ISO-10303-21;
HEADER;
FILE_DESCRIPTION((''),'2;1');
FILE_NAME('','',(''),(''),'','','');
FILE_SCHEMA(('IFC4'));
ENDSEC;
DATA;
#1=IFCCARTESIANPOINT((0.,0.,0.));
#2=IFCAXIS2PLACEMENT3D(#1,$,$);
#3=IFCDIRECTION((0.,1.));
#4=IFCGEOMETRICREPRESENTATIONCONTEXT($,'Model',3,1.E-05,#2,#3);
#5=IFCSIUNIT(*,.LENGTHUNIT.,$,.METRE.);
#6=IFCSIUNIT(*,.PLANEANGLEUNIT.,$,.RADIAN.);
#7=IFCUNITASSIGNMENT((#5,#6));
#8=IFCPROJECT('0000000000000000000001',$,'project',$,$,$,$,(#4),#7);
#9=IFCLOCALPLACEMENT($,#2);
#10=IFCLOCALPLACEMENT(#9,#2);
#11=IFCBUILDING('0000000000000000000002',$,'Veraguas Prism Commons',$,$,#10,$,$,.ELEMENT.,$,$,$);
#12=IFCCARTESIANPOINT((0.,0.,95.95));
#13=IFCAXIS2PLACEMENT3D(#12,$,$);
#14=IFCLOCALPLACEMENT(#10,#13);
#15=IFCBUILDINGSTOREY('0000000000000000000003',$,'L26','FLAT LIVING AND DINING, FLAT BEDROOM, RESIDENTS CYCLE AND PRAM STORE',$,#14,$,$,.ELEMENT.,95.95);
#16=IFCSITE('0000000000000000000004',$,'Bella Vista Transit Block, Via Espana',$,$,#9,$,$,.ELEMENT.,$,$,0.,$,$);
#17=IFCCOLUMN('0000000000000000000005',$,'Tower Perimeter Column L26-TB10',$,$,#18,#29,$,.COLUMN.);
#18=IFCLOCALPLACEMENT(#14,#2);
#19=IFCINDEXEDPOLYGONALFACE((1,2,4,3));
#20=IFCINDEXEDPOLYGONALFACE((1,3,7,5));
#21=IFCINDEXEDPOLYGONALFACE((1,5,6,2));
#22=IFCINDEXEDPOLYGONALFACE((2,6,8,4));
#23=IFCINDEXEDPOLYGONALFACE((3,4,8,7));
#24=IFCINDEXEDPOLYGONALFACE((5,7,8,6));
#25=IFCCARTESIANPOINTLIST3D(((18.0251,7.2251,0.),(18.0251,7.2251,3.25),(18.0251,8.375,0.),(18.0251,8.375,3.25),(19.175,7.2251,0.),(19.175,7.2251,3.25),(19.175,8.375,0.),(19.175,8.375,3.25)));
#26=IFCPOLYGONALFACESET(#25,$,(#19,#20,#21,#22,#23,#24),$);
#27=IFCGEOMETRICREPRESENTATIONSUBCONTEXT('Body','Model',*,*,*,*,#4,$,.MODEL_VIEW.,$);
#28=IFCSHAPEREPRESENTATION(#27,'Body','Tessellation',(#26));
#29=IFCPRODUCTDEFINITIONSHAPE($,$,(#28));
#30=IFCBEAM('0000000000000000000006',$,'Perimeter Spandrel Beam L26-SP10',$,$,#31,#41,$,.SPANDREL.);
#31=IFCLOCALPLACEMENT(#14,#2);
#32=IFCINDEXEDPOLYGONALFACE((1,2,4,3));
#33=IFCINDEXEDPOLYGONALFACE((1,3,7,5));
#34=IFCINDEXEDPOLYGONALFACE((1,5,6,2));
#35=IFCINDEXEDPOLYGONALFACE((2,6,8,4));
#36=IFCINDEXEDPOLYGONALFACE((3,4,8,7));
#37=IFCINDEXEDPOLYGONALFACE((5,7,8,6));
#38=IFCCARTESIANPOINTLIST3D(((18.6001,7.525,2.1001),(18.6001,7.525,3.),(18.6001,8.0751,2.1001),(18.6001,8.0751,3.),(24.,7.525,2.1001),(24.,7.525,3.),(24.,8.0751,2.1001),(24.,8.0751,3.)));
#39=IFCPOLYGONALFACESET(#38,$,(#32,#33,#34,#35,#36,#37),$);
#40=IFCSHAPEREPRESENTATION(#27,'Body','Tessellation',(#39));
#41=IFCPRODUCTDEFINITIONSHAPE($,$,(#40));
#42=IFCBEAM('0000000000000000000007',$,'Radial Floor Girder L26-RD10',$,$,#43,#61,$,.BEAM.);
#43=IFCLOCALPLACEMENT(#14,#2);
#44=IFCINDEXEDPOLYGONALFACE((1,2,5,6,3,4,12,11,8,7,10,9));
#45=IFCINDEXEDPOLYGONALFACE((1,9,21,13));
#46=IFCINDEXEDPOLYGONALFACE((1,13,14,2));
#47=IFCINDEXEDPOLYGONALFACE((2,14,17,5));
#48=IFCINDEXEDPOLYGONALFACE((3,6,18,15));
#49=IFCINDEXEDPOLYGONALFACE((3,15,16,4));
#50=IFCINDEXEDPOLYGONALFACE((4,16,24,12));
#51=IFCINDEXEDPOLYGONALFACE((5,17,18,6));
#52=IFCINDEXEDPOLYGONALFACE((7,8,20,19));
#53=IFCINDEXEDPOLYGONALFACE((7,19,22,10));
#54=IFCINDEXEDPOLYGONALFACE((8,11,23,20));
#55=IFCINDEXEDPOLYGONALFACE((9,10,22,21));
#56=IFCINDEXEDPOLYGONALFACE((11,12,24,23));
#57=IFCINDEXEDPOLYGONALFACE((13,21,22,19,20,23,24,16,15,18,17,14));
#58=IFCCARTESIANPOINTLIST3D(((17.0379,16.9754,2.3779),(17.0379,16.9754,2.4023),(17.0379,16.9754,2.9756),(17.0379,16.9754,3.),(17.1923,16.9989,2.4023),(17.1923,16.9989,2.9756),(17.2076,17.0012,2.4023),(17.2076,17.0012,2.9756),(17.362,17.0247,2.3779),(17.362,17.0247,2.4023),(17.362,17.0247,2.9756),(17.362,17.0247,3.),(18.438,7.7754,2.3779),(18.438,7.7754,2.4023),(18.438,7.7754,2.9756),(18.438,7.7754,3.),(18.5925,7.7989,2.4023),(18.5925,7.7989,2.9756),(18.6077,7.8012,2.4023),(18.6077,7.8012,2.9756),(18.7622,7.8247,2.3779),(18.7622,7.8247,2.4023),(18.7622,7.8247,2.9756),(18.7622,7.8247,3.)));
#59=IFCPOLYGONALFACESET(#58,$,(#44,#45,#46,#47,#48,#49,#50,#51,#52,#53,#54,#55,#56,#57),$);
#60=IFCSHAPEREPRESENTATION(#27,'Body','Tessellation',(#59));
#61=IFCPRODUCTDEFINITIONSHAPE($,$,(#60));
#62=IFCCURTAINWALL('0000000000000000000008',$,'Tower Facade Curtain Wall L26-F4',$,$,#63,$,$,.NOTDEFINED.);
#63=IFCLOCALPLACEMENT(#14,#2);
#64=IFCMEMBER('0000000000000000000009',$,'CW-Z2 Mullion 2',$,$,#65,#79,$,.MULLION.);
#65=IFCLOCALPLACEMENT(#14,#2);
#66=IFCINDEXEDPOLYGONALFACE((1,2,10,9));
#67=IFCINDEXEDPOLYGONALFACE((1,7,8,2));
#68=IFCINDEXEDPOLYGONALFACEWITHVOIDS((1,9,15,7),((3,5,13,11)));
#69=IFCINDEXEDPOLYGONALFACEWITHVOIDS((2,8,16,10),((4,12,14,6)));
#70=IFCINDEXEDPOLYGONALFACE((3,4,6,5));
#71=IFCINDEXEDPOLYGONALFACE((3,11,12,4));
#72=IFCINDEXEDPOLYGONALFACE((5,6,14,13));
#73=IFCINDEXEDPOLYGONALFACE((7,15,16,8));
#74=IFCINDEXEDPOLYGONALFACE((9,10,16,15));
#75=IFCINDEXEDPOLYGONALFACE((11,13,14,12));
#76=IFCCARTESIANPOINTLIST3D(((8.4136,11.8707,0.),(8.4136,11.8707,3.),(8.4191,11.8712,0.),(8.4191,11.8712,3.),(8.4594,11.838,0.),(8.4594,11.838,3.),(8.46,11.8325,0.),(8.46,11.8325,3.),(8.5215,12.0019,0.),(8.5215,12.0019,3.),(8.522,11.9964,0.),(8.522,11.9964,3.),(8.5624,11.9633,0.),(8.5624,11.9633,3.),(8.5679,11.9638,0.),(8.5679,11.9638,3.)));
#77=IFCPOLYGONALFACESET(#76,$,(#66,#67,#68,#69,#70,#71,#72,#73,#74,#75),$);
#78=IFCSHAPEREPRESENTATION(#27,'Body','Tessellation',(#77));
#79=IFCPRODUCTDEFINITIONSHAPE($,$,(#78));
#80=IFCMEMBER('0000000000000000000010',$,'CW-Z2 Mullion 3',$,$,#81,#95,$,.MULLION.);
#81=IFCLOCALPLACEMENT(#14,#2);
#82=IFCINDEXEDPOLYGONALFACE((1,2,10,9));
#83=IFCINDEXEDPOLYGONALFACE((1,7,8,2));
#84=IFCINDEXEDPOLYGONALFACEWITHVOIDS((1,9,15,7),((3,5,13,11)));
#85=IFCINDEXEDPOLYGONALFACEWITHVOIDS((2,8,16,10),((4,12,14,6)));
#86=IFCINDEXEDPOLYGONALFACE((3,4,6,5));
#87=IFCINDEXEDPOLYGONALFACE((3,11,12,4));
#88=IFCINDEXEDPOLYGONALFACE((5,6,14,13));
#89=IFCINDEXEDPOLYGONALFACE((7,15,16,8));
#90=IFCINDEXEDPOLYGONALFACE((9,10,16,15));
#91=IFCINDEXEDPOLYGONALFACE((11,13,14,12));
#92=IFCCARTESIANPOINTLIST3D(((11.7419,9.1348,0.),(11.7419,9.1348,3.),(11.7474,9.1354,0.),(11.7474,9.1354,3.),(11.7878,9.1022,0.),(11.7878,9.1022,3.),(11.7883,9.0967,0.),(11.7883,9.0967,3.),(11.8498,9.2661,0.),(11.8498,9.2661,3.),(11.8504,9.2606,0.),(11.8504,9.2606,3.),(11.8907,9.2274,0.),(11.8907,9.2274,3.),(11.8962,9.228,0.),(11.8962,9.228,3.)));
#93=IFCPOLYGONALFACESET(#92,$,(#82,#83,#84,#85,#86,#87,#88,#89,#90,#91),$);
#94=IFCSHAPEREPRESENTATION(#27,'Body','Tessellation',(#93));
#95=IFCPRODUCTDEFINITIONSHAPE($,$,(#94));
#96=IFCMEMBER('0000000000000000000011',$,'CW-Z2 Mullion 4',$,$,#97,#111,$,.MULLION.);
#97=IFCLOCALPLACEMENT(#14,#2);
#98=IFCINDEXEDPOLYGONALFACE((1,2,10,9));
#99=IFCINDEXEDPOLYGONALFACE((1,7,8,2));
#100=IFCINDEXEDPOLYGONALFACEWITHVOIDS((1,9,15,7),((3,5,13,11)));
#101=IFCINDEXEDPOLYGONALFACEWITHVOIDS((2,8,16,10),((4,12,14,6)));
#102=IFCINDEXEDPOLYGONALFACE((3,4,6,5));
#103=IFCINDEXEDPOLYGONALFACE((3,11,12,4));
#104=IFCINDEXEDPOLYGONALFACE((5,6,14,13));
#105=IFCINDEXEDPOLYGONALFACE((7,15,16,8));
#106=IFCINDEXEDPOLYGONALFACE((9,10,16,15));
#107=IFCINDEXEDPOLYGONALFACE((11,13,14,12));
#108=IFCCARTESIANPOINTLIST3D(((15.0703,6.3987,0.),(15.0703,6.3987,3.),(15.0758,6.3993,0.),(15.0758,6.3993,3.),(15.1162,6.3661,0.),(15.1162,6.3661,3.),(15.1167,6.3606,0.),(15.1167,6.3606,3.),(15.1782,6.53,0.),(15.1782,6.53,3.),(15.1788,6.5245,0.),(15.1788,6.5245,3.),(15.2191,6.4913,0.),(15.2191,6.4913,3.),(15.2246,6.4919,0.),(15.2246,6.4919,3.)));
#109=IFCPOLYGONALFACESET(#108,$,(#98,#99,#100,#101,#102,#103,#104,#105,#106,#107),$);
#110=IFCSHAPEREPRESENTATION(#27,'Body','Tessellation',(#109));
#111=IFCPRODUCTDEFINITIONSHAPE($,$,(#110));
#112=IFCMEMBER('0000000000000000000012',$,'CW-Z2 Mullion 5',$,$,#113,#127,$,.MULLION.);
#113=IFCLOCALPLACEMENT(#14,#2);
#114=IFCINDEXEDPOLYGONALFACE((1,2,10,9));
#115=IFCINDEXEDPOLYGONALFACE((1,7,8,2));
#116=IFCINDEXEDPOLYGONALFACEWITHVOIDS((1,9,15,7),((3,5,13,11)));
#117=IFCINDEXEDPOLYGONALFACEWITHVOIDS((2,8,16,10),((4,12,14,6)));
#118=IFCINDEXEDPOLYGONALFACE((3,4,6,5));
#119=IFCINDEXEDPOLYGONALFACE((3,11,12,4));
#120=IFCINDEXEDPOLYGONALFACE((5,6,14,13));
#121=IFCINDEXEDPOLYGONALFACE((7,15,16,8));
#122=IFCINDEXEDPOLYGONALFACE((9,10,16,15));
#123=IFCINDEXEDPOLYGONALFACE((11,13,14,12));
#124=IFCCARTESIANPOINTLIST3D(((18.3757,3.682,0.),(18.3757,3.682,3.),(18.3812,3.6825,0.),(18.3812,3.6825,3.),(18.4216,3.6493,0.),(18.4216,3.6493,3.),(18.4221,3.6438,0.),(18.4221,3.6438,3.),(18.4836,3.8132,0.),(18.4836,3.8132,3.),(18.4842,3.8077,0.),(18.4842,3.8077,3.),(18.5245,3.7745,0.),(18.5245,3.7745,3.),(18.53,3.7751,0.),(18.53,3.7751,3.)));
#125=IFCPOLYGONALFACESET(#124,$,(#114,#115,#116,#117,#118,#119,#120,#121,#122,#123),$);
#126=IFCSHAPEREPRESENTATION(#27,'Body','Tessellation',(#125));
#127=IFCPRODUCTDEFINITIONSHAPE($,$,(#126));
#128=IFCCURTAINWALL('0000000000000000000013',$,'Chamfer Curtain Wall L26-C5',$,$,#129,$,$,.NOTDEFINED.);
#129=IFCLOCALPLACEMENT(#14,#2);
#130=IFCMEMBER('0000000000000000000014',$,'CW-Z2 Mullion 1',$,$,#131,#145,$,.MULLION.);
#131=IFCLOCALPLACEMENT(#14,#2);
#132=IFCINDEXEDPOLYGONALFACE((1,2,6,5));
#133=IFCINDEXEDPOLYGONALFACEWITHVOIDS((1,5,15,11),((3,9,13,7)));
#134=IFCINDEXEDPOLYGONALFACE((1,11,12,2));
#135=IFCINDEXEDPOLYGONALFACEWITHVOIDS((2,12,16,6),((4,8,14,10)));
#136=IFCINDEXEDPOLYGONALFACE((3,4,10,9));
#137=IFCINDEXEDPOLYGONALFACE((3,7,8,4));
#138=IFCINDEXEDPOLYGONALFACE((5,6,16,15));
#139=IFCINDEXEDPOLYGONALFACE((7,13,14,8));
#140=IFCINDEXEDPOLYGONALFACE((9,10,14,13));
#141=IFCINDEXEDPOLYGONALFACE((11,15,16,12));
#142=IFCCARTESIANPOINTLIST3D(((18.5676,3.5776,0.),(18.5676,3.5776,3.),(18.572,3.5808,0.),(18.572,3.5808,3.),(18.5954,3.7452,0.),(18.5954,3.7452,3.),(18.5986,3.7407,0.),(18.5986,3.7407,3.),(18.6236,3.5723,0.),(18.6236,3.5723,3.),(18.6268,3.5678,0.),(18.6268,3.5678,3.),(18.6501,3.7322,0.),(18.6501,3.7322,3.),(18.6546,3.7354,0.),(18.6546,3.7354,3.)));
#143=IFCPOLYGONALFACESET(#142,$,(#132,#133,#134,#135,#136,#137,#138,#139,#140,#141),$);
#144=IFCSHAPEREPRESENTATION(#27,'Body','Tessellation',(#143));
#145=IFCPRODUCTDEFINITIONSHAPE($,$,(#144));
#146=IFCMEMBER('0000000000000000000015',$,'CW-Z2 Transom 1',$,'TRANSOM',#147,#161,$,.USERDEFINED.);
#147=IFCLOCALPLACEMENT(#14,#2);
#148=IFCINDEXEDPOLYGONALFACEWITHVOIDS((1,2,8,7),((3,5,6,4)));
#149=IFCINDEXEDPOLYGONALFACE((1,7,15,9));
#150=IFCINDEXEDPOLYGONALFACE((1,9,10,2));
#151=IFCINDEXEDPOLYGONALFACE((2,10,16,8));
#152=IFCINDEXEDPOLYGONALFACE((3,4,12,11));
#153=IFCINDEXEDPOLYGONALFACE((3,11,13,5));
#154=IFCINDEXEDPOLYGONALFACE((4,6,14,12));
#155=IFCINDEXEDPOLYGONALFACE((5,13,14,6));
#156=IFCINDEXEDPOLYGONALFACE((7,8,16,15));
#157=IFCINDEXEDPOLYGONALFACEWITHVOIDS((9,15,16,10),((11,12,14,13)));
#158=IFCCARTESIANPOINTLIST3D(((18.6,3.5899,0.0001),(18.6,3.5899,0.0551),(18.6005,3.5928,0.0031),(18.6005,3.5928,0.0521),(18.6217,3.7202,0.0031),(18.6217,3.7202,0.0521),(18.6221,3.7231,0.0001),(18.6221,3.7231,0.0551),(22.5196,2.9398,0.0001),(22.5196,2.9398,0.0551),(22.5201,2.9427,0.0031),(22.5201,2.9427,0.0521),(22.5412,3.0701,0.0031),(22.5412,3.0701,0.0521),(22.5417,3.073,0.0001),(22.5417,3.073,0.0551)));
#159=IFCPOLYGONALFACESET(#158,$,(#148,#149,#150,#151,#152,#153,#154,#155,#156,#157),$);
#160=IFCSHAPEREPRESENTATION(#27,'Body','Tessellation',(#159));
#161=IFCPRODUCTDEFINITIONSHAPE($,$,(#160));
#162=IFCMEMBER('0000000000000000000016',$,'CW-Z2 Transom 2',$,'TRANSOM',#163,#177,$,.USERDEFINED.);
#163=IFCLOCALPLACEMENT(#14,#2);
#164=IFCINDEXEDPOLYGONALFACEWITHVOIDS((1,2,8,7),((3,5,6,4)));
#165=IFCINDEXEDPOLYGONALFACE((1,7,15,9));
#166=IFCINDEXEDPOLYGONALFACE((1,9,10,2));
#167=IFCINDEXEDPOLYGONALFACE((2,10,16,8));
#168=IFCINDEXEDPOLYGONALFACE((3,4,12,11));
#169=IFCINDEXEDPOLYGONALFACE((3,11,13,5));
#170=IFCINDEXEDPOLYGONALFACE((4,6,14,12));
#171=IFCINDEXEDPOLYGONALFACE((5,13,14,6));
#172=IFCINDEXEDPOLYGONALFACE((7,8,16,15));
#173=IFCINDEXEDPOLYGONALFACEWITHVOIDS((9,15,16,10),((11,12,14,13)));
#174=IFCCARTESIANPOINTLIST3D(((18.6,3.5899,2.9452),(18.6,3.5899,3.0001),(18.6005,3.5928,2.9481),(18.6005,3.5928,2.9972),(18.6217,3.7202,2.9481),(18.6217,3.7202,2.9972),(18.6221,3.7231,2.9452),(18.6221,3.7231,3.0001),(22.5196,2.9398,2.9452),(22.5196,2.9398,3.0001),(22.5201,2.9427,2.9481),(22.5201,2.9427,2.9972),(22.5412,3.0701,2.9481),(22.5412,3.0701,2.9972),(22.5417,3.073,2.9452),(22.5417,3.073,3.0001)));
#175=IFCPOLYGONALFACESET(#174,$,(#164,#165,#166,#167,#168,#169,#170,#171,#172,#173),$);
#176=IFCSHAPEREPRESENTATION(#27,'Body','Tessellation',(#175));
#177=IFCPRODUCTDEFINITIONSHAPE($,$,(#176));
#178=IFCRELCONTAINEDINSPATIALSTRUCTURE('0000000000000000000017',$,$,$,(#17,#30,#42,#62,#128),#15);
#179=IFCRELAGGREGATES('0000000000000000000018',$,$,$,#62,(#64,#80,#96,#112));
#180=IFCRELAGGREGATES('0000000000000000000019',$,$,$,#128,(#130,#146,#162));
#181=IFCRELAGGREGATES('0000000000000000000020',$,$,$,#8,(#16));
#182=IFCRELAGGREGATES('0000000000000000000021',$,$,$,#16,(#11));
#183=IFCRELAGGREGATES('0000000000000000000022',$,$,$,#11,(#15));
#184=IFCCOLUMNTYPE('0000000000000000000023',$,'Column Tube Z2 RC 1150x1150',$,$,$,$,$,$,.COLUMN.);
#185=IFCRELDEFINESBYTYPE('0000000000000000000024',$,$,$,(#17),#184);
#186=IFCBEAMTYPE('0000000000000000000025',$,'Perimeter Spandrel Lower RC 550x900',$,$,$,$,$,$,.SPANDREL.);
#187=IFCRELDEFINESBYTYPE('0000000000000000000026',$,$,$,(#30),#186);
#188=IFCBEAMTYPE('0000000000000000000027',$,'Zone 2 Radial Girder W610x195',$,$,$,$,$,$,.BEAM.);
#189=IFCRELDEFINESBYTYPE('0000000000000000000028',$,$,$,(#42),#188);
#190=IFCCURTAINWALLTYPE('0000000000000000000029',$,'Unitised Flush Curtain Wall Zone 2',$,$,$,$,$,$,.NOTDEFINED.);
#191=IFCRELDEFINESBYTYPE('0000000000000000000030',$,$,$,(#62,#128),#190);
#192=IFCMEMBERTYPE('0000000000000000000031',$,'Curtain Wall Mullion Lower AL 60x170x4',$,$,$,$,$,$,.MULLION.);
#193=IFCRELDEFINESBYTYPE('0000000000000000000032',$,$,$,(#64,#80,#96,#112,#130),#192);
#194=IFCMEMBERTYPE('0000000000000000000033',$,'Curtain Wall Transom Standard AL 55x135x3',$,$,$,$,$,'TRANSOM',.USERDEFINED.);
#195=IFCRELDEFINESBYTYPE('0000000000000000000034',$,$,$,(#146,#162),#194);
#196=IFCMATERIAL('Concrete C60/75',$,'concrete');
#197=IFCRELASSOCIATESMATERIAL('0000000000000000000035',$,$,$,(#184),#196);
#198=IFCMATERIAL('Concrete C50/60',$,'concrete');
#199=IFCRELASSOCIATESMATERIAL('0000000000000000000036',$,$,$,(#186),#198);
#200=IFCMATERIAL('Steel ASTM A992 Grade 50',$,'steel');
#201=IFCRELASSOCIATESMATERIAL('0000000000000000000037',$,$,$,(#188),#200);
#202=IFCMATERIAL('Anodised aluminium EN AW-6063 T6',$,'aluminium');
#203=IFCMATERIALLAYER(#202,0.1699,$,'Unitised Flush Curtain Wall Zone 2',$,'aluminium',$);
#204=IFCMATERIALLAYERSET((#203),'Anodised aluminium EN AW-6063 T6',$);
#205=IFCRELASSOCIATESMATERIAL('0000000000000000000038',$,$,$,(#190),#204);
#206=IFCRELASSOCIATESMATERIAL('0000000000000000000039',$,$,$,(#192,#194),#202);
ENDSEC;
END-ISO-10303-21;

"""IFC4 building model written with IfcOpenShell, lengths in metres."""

from ifc_helpers import new_model, si_unit, direction, frame, origin, origin_2d, place, context, subcontext, project, spatial, rectangle, hollow_rectangle, i_section, extrude, source, transform, mapped, material, layer, layer_set, material_profile, profile_set, type_object, element, aggregate, save


model = new_model("IFC4")

# Units and contexts
model_context = context("Model", 3, precision=1e-05, world=origin(), true_north=direction((0.0, 1.0)))
body_context = subcontext(model_context, "Body", "Model", "MODEL_VIEW")
ifc_project = project(units=[si_unit("LENGTHUNIT", "METRE"), si_unit("PLANEANGLEUNIT", "RADIAN")], contexts=[model_context])

# Site, building, storey
site_placement = place(None, origin())
site = spatial("IfcSite", under=ifc_project, at=site_placement, Name="Bella Vista Transit Block, Via Espana", CompositionType="ELEMENT", RefElevation=0.0)
building_placement = place(site_placement, origin())
building = spatial("IfcBuilding", under=site, at=building_placement, Name="Veraguas Prism Commons", CompositionType="ELEMENT")
storey_placement = place(building_placement, frame((0.0, 0.0, 95.95)))
storey = spatial("IfcBuildingStorey", under=building, at=storey_placement, Name="L26", Description="FLAT LIVING AND DINING, FLAT BEDROOM, RESIDENTS CYCLE AND PRAM STORE", CompositionType="ELEMENT", Elevation=95.95)

# Column
ifc_material_1 = material(Name="Concrete C60/75", Category="concrete")
ifc_material_profile_1 = material_profile(ifc_material_1, rectangle(XDim=1.1499, YDim=1.1499, at=origin_2d()), Name="RC1150X1150")
ifc_profile_set_1 = profile_set([ifc_material_profile_1], Name="Concrete C60/75")
column_type = type_object("IfcColumnType", Name="Column Tube Z2 RC 1150x1150", PredefinedType="COLUMN", material=ifc_profile_set_1)
column_placement = place(storey_placement, frame((18.6001, 7.8, 0.0), z_axis=(0.0, 0.0, 1.0), x_axis=(1.0, 0.0, 0.0)))
element("IfcColumn", 1, at=column_placement, inside=storey, type_object=column_type, Name="Tower Perimeter Column L26-TB10", PredefinedType="COLUMN", context=body_context, shape_type="SweptSolid", body=[
    extrude(rectangle(XDim=1.1499, YDim=1.1499, at=origin_2d()), origin(), (0.0, 0.0, 1.0), 3.25),
])

# Beams
ifc_material_2 = material(Name="Concrete C50/60", Category="concrete")
ifc_material_profile_2 = material_profile(ifc_material_2, rectangle(XDim=0.55, YDim=0.8999, at=origin_2d()), Name="RC550X900")
ifc_profile_set_2 = profile_set([ifc_material_profile_2], Name="Concrete C50/60")
beam_type_1 = type_object("IfcBeamType", Name="Perimeter Spandrel Lower RC 550x900", PredefinedType="SPANDREL", material=ifc_profile_set_2)
beam_1_placement = place(storey_placement, frame((18.6001, 7.8, 2.55), z_axis=(1.0, 0.0, 0.0), x_axis=(0.0, 1.0, 0.0)))
element("IfcBeam", 2, at=beam_1_placement, inside=storey, type_object=beam_type_1, Name="Perimeter Spandrel Beam L26-SP10", PredefinedType="SPANDREL", context=body_context, shape_type="SweptSolid", body=[
    extrude(rectangle(XDim=0.55, YDim=0.8999, at=origin_2d()), origin(), (0.0, 0.0, 1.0), 5.3999),
])
ifc_material_3 = material(Name="Steel ASTM A992 Grade 50", Category="steel")
ifc_material_profile_3 = material_profile(ifc_material_3, i_section(OverallWidth=0.3279, OverallDepth=0.6221, WebThickness=0.0154, FlangeThickness=0.0244, at=origin_2d()), Name="W610X195")
ifc_profile_set_3 = profile_set([ifc_material_profile_3], Name="Steel ASTM A992 Grade 50")
beam_type_2 = type_object("IfcBeamType", Name="Zone 2 Radial Girder W610x195", PredefinedType="BEAM", material=ifc_profile_set_3)
beam_2_placement = place(storey_placement, frame((18.6001, 7.8, 2.689), z_axis=(-0.150458, 0.988616, 0.0), x_axis=(-0.988616, -0.150458, 0.0)))
element("IfcBeam", 3, at=beam_2_placement, inside=storey, type_object=beam_type_2, Name="Radial Floor Girder L26-RD10", PredefinedType="BEAM", context=body_context, shape_type="SweptSolid", body=[
    extrude(i_section(OverallWidth=0.3279, OverallDepth=0.6221, WebThickness=0.0154, FlangeThickness=0.0244, at=origin_2d()), origin(), (0.0, 0.0, 1.0), 9.3059),
])

# Curtain walls, members
ifc_material_4 = material(Name="Anodised aluminium EN AW-6063 T6", Category="aluminium")
ifc_layer_1 = layer(ifc_material_4, 0.1699, Name="Unitised Flush Curtain Wall Zone 2", Category="aluminium")
ifc_layer_set_1 = layer_set([ifc_layer_1], Name="Anodised aluminium EN AW-6063 T6")
curtain_wall_type = type_object("IfcCurtainWallType", Name="Unitised Flush Curtain Wall Zone 2", PredefinedType="NOTDEFINED", material=ifc_layer_set_1)
curtain_wall_1_placement = place(storey_placement, origin())
curtain_wall_1 = element("IfcCurtainWall", 4, at=curtain_wall_1_placement, inside=storey, type_object=curtain_wall_type, Name="Tower Facade Curtain Wall L26-F4", PredefinedType="NOTDEFINED")
ifc_material_profile_4 = material_profile(ifc_material_4, hollow_rectangle(XDim=0.0601, YDim=0.1699, WallThickness=0.0039, at=origin_2d()), Name="AL60X170X4")
ifc_profile_set_4 = profile_set([ifc_material_profile_4], Name="Anodised aluminium EN AW-6063 T6")
member_type_1 = type_object("IfcMemberType", Name="Curtain Wall Mullion Lower AL 60x170x4", PredefinedType="MULLION", material=ifc_profile_set_4)
shared_shape_1 = source(origin(), body_context, "Body", "SweptSolid", [
    extrude(hollow_rectangle(XDim=0.0601, YDim=0.1699, WallThickness=0.0039, at=origin_2d()), origin(), (0.0, 0.0, 1.0), 3.0),
])
member_1_placement = place(storey_placement, frame((8.4907, 11.9172, 0.0), z_axis=(0.0, 0.0, 1.0), x_axis=(0.772512, -0.635, 0.0)))
member_1 = element("IfcMember", 5, at=member_1_placement, type_object=member_type_1, Name="CW-Z2 Mullion 2", PredefinedType="MULLION", context=body_context, shape_type="MappedRepresentation", body=[
    mapped(shared_shape_1, transform((0.0, 0.0, 0.0), scale=1.0)),
])
member_2_placement = place(storey_placement, frame((11.8191, 9.1814, 0.0), z_axis=(0.0, 0.0, 1.0), x_axis=(0.772512, -0.635, 0.0)))
member_2 = element("IfcMember", 6, at=member_2_placement, type_object=member_type_1, Name="CW-Z2 Mullion 3", PredefinedType="MULLION", context=body_context, shape_type="MappedRepresentation", body=[
    mapped(shared_shape_1, transform((0.0, 0.0, 0.0), scale=1.0)),
])
member_3_placement = place(storey_placement, frame((15.1475, 6.4453, 0.0), z_axis=(0.0, 0.0, 1.0), x_axis=(0.772512, -0.635, 0.0)))
member_3 = element("IfcMember", 7, at=member_3_placement, type_object=member_type_1, Name="CW-Z2 Mullion 4", PredefinedType="MULLION", context=body_context, shape_type="MappedRepresentation", body=[
    mapped(shared_shape_1, transform((0.0, 0.0, 0.0), scale=1.0)),
])
member_4_placement = place(storey_placement, frame((18.4529, 3.7285, 0.0), z_axis=(0.0, 0.0, 1.0), x_axis=(0.772512, -0.635, 0.0)))
member_4 = element("IfcMember", 8, at=member_4_placement, type_object=member_type_1, Name="CW-Z2 Mullion 5", PredefinedType="MULLION", context=body_context, shape_type="MappedRepresentation", body=[
    mapped(shared_shape_1, transform((0.0, 0.0, 0.0), scale=1.0)),
])
curtain_wall_2_placement = place(storey_placement, origin())
curtain_wall_2 = element("IfcCurtainWall", 9, at=curtain_wall_2_placement, inside=storey, type_object=curtain_wall_type, Name="Chamfer Curtain Wall L26-C5", PredefinedType="NOTDEFINED")
member_5_placement = place(storey_placement, frame((18.6111, 3.6565, 0.0), z_axis=(0.0, 0.0, 1.0), x_axis=(0.986515, -0.16367, 0.0)))
member_5 = element("IfcMember", 10, at=member_5_placement, type_object=member_type_1, Name="CW-Z2 Mullion 1", PredefinedType="MULLION", context=body_context, shape_type="MappedRepresentation", body=[
    mapped(shared_shape_1, transform((0.0, 0.0, 0.0), scale=1.0)),
])
ifc_material_profile_5 = material_profile(ifc_material_4, hollow_rectangle(XDim=0.0549, YDim=0.135, WallThickness=0.0029, at=origin_2d()), Name="AL55X135X3")
ifc_profile_set_5 = profile_set([ifc_material_profile_5], Name="Anodised aluminium EN AW-6063 T6")
member_type_2 = type_object("IfcMemberType", Name="Curtain Wall Transom Standard AL 55x135x3", ElementType="TRANSOM", PredefinedType="USERDEFINED", material=ifc_profile_set_5)
shared_shape_2 = source(origin(), body_context, "Body", "SweptSolid", [
    extrude(hollow_rectangle(XDim=0.0549, YDim=0.135, WallThickness=0.0029, at=origin_2d()), origin(), (0.0, 0.0, 1.0), 3.9731),
])
member_6_placement = place(storey_placement, frame((18.6111, 3.6565, 0.0276), z_axis=(0.986522, -0.163632, 0.0), x_axis=(0.0, 0.0, 1.0)))
member_6 = element("IfcMember", 11, at=member_6_placement, type_object=member_type_2, Name="CW-Z2 Transom 1", ObjectType="TRANSOM", PredefinedType="USERDEFINED", context=body_context, shape_type="MappedRepresentation", body=[
    mapped(shared_shape_2, transform((0.0, 0.0, 0.0), scale=1.0)),
])
member_7_placement = place(storey_placement, frame((18.6111, 3.6565, 2.9727), z_axis=(0.986522, -0.163632, 0.0), x_axis=(0.0, 0.0, 1.0)))
member_7 = element("IfcMember", 12, at=member_7_placement, type_object=member_type_2, Name="CW-Z2 Transom 2", ObjectType="TRANSOM", PredefinedType="USERDEFINED", context=body_context, shape_type="MappedRepresentation", body=[
    mapped(shared_shape_2, transform((0.0, 0.0, 0.0), scale=1.0)),
])

aggregate(curtain_wall_1, [member_1, member_2, member_3, member_4])
aggregate(curtain_wall_2, [member_5, member_6, member_7])

save(model, "model.ifc")
